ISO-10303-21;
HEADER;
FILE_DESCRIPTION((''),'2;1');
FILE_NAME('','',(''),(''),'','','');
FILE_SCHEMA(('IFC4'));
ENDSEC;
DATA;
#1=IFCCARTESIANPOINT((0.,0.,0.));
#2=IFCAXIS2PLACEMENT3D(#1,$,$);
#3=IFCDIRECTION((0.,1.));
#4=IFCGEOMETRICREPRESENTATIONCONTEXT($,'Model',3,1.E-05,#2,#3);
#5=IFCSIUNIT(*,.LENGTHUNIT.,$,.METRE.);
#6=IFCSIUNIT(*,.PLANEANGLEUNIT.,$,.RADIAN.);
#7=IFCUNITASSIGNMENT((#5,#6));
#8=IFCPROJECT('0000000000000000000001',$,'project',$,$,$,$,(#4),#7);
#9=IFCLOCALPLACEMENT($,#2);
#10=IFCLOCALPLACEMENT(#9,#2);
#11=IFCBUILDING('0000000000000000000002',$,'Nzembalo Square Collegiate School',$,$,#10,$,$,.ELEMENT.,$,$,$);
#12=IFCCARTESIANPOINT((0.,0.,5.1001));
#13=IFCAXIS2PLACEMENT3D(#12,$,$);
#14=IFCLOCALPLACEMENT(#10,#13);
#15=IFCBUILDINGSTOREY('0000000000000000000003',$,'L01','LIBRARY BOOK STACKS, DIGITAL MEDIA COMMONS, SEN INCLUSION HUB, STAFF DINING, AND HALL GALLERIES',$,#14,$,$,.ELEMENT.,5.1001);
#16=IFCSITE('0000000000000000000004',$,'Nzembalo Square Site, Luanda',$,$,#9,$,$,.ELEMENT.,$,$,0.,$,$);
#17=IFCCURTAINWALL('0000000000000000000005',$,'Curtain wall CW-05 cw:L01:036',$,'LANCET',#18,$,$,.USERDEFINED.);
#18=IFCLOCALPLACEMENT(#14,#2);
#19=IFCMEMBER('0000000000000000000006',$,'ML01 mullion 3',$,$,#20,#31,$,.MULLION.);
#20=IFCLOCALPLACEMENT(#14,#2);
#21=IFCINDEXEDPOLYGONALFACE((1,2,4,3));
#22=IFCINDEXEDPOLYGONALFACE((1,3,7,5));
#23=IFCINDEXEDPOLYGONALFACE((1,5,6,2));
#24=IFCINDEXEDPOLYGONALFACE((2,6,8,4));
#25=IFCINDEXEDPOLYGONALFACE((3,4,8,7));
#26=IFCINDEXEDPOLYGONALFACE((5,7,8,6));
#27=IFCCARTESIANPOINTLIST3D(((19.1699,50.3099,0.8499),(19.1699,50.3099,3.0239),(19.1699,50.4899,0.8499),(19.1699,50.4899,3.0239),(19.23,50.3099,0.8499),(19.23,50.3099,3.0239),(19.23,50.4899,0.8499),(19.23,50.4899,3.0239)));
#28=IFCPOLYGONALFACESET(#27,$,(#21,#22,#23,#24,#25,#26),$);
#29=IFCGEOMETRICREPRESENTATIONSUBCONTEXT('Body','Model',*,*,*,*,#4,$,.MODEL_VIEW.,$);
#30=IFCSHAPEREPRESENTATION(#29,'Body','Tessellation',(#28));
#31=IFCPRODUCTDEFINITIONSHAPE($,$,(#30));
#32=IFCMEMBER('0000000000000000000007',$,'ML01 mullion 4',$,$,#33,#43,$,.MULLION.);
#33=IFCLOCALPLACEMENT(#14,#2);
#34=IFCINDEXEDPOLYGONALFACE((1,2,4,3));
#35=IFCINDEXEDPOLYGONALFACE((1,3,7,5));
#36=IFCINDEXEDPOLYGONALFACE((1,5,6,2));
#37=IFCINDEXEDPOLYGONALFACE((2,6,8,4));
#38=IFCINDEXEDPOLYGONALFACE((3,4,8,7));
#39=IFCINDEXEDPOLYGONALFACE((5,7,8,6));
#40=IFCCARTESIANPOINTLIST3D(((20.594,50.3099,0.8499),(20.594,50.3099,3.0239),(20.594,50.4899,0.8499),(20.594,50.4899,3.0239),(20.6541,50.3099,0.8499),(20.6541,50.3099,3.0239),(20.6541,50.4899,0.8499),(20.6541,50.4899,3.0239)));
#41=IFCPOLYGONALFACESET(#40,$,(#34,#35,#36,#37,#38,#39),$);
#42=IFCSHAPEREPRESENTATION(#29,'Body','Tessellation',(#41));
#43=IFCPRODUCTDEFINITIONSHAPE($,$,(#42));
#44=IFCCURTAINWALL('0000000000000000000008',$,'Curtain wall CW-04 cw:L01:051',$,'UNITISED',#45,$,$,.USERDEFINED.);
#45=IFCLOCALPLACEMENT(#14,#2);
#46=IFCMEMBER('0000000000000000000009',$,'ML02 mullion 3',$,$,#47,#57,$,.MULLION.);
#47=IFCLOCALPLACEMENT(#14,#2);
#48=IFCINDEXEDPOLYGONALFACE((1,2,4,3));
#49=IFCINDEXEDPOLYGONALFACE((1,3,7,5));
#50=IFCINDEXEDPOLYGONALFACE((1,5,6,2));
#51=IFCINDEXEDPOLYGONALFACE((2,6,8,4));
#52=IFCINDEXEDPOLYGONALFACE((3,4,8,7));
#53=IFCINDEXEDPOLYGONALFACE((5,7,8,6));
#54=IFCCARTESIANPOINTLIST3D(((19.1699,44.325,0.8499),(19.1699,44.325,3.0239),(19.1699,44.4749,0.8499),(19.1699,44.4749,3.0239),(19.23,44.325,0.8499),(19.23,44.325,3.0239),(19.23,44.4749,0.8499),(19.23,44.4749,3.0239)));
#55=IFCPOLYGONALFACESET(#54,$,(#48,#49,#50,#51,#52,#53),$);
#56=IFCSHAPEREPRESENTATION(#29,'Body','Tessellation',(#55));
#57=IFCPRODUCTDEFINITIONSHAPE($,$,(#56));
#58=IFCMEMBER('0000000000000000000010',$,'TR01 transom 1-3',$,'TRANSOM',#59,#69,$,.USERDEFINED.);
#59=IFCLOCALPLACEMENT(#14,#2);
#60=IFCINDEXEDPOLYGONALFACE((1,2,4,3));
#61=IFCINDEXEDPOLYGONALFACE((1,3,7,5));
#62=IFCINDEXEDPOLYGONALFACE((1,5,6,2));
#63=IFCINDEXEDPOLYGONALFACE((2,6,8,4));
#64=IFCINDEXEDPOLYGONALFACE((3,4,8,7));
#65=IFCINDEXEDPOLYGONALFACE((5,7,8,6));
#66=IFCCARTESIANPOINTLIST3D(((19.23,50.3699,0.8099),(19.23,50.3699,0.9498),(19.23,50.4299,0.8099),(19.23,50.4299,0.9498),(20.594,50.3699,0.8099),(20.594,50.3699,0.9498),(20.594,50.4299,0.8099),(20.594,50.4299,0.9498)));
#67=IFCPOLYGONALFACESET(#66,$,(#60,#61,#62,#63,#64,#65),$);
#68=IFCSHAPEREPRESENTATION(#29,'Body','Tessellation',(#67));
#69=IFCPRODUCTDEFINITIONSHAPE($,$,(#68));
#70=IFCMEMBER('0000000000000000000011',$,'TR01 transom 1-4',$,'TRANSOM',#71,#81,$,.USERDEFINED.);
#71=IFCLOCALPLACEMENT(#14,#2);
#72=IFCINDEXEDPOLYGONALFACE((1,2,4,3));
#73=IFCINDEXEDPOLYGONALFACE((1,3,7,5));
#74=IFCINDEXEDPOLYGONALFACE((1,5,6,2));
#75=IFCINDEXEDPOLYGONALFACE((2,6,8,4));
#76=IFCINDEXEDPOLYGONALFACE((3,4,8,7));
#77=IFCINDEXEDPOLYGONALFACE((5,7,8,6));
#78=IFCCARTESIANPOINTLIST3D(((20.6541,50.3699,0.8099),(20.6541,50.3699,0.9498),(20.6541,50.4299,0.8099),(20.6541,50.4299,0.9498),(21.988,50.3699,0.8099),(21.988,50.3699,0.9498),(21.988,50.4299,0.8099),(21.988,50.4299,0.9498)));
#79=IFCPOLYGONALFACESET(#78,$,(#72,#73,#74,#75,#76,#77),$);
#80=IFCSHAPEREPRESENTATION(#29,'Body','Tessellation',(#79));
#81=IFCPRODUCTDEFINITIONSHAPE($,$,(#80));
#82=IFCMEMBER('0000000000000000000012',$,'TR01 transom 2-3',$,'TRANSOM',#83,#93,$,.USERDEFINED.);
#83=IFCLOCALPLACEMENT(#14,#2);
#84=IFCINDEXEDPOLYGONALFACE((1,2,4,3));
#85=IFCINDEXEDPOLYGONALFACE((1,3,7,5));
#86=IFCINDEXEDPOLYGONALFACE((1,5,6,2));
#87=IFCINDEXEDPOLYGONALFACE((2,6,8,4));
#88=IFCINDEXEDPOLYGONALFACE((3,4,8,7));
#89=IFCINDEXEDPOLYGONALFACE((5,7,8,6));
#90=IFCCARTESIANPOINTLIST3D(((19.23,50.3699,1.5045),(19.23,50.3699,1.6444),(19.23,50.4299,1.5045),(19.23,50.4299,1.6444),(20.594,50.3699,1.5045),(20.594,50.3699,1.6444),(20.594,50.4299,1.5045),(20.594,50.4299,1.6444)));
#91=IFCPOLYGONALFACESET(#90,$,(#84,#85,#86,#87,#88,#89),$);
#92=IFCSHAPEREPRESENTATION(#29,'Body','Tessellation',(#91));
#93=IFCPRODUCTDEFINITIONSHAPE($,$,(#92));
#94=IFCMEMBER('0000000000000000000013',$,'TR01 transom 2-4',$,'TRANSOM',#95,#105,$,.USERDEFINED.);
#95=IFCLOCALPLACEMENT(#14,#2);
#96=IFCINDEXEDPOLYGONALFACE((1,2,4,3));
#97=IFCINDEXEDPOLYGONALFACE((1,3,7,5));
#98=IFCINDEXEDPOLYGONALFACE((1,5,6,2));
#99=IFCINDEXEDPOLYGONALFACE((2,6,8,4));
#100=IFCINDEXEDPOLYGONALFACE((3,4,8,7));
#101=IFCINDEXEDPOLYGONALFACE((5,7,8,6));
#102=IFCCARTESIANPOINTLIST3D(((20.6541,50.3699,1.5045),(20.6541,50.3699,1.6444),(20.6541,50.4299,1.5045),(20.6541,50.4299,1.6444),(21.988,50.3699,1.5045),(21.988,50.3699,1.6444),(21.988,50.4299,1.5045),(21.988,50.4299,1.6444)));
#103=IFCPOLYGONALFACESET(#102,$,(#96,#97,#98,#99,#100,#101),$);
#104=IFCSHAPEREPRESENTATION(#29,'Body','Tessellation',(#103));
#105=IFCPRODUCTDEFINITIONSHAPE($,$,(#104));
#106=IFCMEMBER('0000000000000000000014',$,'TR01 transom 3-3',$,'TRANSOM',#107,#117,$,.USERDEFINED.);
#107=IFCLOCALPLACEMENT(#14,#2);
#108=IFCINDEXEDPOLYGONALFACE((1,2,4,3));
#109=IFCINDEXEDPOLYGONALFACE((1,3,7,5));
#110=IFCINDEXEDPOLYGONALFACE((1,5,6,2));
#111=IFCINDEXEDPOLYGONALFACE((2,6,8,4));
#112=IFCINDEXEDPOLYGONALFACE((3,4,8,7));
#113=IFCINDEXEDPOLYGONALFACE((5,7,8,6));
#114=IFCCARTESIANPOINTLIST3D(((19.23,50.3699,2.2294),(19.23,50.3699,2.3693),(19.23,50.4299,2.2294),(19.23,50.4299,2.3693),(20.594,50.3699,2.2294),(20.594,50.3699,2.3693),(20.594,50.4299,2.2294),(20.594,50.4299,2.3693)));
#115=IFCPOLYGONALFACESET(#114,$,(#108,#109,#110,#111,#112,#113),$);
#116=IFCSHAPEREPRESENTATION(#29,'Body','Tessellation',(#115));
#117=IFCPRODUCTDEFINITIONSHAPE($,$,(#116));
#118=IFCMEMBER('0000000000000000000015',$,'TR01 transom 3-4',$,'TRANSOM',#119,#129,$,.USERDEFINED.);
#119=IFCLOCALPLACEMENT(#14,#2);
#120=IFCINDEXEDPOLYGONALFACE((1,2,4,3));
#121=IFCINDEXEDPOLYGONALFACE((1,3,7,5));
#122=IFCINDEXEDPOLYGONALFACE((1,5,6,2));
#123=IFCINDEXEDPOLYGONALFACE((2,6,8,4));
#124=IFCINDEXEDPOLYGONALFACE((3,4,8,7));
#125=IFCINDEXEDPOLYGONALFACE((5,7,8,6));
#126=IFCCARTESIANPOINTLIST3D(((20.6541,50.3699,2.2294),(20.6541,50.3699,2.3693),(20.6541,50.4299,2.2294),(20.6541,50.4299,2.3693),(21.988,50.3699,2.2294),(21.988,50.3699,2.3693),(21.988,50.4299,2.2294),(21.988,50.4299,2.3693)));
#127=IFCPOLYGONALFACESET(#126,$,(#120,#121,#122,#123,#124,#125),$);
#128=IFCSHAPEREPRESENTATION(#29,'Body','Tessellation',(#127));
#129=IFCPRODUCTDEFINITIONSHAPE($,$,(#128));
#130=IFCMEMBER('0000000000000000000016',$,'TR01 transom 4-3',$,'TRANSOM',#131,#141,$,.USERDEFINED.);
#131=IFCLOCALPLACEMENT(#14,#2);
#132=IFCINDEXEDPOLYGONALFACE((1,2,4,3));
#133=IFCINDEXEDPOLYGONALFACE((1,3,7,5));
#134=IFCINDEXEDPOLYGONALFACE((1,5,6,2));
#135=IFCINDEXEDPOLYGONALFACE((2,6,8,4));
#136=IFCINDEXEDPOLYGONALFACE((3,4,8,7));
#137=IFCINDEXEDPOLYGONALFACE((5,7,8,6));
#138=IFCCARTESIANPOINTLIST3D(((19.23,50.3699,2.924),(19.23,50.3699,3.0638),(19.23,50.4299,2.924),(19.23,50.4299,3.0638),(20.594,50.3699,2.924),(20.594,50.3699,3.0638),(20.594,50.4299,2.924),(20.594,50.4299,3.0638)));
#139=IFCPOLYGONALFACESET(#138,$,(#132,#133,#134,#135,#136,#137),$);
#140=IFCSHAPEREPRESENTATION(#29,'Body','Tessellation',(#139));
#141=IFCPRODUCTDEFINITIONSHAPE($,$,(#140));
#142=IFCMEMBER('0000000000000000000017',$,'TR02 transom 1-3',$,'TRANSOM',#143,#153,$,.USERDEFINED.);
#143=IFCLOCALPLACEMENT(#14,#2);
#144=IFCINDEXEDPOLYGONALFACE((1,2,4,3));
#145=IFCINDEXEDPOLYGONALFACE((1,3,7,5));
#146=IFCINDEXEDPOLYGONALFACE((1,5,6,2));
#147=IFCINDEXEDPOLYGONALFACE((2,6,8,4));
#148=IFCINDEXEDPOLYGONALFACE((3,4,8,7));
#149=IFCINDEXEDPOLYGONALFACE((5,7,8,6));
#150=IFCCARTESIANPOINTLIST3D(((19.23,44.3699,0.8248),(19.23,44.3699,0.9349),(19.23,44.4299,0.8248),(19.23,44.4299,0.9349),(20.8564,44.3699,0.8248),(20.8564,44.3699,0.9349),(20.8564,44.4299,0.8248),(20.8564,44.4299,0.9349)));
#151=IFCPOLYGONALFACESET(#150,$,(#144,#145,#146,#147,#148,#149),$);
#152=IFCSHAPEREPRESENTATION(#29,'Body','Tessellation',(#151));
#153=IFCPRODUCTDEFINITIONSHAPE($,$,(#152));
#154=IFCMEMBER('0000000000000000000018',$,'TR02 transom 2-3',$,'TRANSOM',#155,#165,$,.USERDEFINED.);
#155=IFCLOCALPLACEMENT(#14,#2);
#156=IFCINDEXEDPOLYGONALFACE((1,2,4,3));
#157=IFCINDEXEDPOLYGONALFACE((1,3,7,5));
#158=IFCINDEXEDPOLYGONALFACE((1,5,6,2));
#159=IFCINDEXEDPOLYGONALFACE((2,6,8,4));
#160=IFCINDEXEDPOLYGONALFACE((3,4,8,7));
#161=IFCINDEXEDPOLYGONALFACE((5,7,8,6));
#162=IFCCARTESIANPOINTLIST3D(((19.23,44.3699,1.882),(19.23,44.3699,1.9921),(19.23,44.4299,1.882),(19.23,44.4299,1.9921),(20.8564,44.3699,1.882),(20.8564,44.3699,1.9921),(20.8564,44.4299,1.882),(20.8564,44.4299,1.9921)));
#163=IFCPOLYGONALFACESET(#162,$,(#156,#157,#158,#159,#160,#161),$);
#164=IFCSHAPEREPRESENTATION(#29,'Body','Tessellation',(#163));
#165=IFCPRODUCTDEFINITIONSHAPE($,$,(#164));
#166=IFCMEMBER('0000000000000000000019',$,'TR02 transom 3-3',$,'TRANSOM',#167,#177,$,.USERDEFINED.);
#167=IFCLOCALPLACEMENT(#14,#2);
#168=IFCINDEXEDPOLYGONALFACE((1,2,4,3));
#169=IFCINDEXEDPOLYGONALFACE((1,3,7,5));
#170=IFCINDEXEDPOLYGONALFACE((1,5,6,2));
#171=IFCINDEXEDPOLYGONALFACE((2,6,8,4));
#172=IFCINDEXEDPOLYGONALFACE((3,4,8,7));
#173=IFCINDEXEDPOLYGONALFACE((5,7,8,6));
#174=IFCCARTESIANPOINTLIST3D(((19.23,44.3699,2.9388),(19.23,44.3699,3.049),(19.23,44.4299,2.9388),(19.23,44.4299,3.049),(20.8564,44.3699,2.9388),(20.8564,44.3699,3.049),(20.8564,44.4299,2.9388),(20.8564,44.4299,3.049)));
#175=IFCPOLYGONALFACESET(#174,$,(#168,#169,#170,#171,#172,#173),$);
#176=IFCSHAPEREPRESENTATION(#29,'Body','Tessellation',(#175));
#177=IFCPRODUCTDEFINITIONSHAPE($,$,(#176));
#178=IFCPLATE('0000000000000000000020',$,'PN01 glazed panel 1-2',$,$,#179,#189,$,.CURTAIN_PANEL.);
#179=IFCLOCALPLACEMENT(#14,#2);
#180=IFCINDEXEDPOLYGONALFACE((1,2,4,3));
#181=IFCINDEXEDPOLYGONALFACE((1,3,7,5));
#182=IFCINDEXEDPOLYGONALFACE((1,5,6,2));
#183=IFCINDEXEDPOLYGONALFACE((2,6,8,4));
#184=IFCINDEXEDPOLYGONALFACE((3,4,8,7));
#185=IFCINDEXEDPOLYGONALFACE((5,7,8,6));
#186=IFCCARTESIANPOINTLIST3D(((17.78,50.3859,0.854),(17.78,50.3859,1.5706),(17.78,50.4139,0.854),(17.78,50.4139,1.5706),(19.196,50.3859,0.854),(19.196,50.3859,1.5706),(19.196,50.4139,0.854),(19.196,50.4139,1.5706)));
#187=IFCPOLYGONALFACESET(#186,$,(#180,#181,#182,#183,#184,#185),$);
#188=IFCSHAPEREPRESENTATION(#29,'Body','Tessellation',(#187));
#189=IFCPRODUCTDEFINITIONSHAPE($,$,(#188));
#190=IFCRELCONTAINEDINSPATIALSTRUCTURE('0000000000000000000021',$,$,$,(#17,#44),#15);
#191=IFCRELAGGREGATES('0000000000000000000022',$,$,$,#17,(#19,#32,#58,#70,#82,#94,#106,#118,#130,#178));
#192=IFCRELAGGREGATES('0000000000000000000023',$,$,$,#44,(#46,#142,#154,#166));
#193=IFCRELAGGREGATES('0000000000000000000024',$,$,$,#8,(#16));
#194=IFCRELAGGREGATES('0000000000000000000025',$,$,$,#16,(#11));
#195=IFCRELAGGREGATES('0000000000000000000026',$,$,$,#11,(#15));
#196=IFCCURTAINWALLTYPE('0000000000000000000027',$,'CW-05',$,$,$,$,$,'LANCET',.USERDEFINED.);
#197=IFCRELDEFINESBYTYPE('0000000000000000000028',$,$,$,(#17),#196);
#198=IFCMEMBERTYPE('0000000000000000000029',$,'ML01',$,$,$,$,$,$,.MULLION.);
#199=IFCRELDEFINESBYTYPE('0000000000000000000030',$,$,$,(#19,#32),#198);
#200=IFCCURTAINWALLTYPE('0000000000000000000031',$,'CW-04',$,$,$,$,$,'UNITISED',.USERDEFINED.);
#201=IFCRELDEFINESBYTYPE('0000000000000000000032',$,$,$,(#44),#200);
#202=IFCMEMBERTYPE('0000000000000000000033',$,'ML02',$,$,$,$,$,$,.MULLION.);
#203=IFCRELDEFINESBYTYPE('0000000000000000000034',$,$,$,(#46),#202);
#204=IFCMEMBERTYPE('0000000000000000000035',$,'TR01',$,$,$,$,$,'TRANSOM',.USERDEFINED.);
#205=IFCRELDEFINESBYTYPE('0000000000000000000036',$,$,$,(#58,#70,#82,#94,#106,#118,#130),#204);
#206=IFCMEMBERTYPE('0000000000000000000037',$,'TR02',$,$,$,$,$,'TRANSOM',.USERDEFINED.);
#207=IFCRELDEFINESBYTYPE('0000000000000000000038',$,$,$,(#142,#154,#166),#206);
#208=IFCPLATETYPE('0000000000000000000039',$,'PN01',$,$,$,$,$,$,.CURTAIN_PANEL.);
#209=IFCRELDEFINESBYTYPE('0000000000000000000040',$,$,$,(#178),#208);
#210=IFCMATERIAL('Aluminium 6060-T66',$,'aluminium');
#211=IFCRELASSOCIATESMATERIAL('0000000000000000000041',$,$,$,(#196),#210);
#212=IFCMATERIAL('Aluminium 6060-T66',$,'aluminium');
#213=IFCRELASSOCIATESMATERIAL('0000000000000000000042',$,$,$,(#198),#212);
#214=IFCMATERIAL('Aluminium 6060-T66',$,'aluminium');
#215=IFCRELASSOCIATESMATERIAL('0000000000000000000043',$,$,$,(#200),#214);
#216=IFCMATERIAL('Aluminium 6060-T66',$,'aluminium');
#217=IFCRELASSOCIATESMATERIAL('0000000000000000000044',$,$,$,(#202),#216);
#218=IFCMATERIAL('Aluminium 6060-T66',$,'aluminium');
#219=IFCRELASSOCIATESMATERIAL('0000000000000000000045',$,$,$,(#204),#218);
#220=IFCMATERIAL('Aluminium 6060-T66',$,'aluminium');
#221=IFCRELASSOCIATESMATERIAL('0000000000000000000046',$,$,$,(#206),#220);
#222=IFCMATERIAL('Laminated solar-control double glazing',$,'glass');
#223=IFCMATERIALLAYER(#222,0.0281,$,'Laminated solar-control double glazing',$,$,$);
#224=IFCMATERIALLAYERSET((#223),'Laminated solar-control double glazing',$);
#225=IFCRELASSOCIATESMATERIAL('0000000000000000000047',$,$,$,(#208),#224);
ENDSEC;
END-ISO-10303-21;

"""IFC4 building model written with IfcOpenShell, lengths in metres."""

from ifc_helpers import new_model, si_unit, direction, frame, origin, origin_2d, place, context, subcontext, project, spatial, rectangle, extrude, material, layer, layer_set, material_profile, profile_set, type_object, element, aggregate, save


model = new_model("IFC4")

# Units and contexts
model_context = context("Model", 3, precision=1e-05, world=origin(), true_north=direction((0.0, 1.0)))
body_context = subcontext(model_context, "Body", "Model", "MODEL_VIEW")
ifc_project = project(units=[si_unit("LENGTHUNIT", "METRE"), si_unit("PLANEANGLEUNIT", "RADIAN")], contexts=[model_context])

# Site, building, storey
site_placement = place(None, origin())
site = spatial("IfcSite", under=ifc_project, at=site_placement, Name="Nzembalo Square Site, Luanda", CompositionType="ELEMENT", RefElevation=0.0)
building_placement = place(site_placement, origin())
building = spatial("IfcBuilding", under=site, at=building_placement, Name="Nzembalo Square Collegiate School", CompositionType="ELEMENT")
storey_placement = place(building_placement, frame((0.0, 0.0, 5.1001)))
storey = spatial("IfcBuildingStorey", under=building, at=storey_placement, Name="L01", Description="LIBRARY BOOK STACKS, DIGITAL MEDIA COMMONS, SEN INCLUSION HUB, STAFF DINING, AND HALL GALLERIES", CompositionType="ELEMENT", Elevation=5.1001)

# Curtain wall, members
ifc_material_1 = material(Name="Aluminium 6060-T66", Category="aluminium")
curtain_wall_type_1 = type_object("IfcCurtainWallType", Name="CW-05", ElementType="LANCET", PredefinedType="USERDEFINED", material=ifc_material_1)
curtain_wall_1_placement = place(storey_placement, origin())
curtain_wall_1 = element("IfcCurtainWall", 1, at=curtain_wall_1_placement, inside=storey, type_object=curtain_wall_type_1, Name="Curtain wall CW-05 cw:L01:036", ObjectType="LANCET", PredefinedType="USERDEFINED")
ifc_material_2 = material(Name="Aluminium 6060-T66", Category="aluminium")
ifc_material_profile_1 = material_profile(ifc_material_2, rectangle(XDim=0.0601, YDim=0.1799, at=origin_2d()), Name="ALU M60x180")
ifc_profile_set_1 = profile_set([ifc_material_profile_1], Name="Aluminium 6060-T66")
member_type_1 = type_object("IfcMemberType", Name="ML01", PredefinedType="MULLION", material=ifc_profile_set_1)
member_1_placement = place(storey_placement, frame((19.2, 50.3999, 0.8499), z_axis=(0.0, 0.0, 1.0), x_axis=(1.0, 0.0, 0.0)))
member_1 = element("IfcMember", 2, at=member_1_placement, type_object=member_type_1, Name="ML01 mullion 3", PredefinedType="MULLION", context=body_context, shape_type="SweptSolid", body=[
    extrude(rectangle(XDim=0.0601, YDim=0.1799, at=origin_2d()), origin(), (0.0, 0.0, 1.0), 2.1741),
])
member_2_placement = place(storey_placement, frame((20.624, 50.3999, 0.8499), z_axis=(0.0, 0.0, 1.0), x_axis=(1.0, 0.0, 0.0)))
member_2 = element("IfcMember", 3, at=member_2_placement, type_object=member_type_1, Name="ML01 mullion 4", PredefinedType="MULLION", context=body_context, shape_type="SweptSolid", body=[
    extrude(rectangle(XDim=0.0601, YDim=0.1799, at=origin_2d()), origin(), (0.0, 0.0, 1.0), 2.1741),
])

# Curtain wall, member
ifc_material_3 = material(Name="Aluminium 6060-T66", Category="aluminium")
curtain_wall_type_2 = type_object("IfcCurtainWallType", Name="CW-04", ElementType="UNITISED", PredefinedType="USERDEFINED", material=ifc_material_3)
curtain_wall_2_placement = place(storey_placement, origin())
curtain_wall_2 = element("IfcCurtainWall", 4, at=curtain_wall_2_placement, inside=storey, type_object=curtain_wall_type_2, Name="Curtain wall CW-04 cw:L01:051", ObjectType="UNITISED", PredefinedType="USERDEFINED")
ifc_material_4 = material(Name="Aluminium 6060-T66", Category="aluminium")
ifc_material_profile_2 = material_profile(ifc_material_4, rectangle(XDim=0.0601, YDim=0.1499, at=origin_2d()), Name="ALU M60x150")
ifc_profile_set_2 = profile_set([ifc_material_profile_2], Name="Aluminium 6060-T66")
member_type_2 = type_object("IfcMemberType", Name="ML02", PredefinedType="MULLION", material=ifc_profile_set_2)
member_3_placement = place(storey_placement, frame((19.2, 44.3999, 0.8499), z_axis=(0.0, 0.0, 1.0), x_axis=(1.0, 0.0, 0.0)))
member_3 = element("IfcMember", 5, at=member_3_placement, type_object=member_type_2, Name="ML02 mullion 3", PredefinedType="MULLION", context=body_context, shape_type="SweptSolid", body=[
    extrude(rectangle(XDim=0.0601, YDim=0.1499, at=origin_2d()), origin(), (0.0, 0.0, 1.0), 2.1741),
])

# Members
ifc_material_5 = material(Name="Aluminium 6060-T66", Category="aluminium")
ifc_material_profile_3 = material_profile(ifc_material_5, rectangle(XDim=0.0601, YDim=0.1399, at=origin_2d()), Name="ALU T60x140")
ifc_profile_set_3 = profile_set([ifc_material_profile_3], Name="Aluminium 6060-T66")
member_type_3 = type_object("IfcMemberType", Name="TR01", ElementType="TRANSOM", PredefinedType="USERDEFINED", material=ifc_profile_set_3)
member_4_placement = place(storey_placement, frame((19.23, 50.3999, 0.8799), z_axis=(1.0, 0.0, 0.0), x_axis=(0.0, 1.0, 0.0)))
member_4 = element("IfcMember", 6, at=member_4_placement, type_object=member_type_3, Name="TR01 transom 1-3", ObjectType="TRANSOM", PredefinedType="USERDEFINED", context=body_context, shape_type="SweptSolid", body=[
    extrude(rectangle(XDim=0.0601, YDim=0.1399, at=origin_2d()), origin(), (0.0, 0.0, 1.0), 1.364),
])
member_5_placement = place(storey_placement, frame((20.6541, 50.3999, 0.8799), z_axis=(1.0, 0.0, 0.0), x_axis=(0.0, 1.0, 0.0)))
member_5 = element("IfcMember", 7, at=member_5_placement, type_object=member_type_3, Name="TR01 transom 1-4", ObjectType="TRANSOM", PredefinedType="USERDEFINED", context=body_context, shape_type="SweptSolid", body=[
    extrude(rectangle(XDim=0.0601, YDim=0.1399, at=origin_2d()), origin(), (0.0, 0.0, 1.0), 1.334),
])
member_6_placement = place(storey_placement, frame((19.23, 50.3999, 1.5745), z_axis=(1.0, 0.0, 0.0), x_axis=(0.0, 1.0, 0.0)))
member_6 = element("IfcMember", 8, at=member_6_placement, type_object=member_type_3, Name="TR01 transom 2-3", ObjectType="TRANSOM", PredefinedType="USERDEFINED", context=body_context, shape_type="SweptSolid", body=[
    extrude(rectangle(XDim=0.0601, YDim=0.1399, at=origin_2d()), origin(), (0.0, 0.0, 1.0), 1.364),
])
member_7_placement = place(storey_placement, frame((20.6541, 50.3999, 1.5745), z_axis=(1.0, 0.0, 0.0), x_axis=(0.0, 1.0, 0.0)))
member_7 = element("IfcMember", 9, at=member_7_placement, type_object=member_type_3, Name="TR01 transom 2-4", ObjectType="TRANSOM", PredefinedType="USERDEFINED", context=body_context, shape_type="SweptSolid", body=[
    extrude(rectangle(XDim=0.0601, YDim=0.1399, at=origin_2d()), origin(), (0.0, 0.0, 1.0), 1.334),
])
member_8_placement = place(storey_placement, frame((19.23, 50.3999, 2.2993), z_axis=(1.0, 0.0, 0.0), x_axis=(0.0, 1.0, 0.0)))
member_8 = element("IfcMember", 10, at=member_8_placement, type_object=member_type_3, Name="TR01 transom 3-3", ObjectType="TRANSOM", PredefinedType="USERDEFINED", context=body_context, shape_type="SweptSolid", body=[
    extrude(rectangle(XDim=0.0601, YDim=0.1399, at=origin_2d()), origin(), (0.0, 0.0, 1.0), 1.364),
])
member_9_placement = place(storey_placement, frame((20.6541, 50.3999, 2.2993), z_axis=(1.0, 0.0, 0.0), x_axis=(0.0, 1.0, 0.0)))
member_9 = element("IfcMember", 11, at=member_9_placement, type_object=member_type_3, Name="TR01 transom 3-4", ObjectType="TRANSOM", PredefinedType="USERDEFINED", context=body_context, shape_type="SweptSolid", body=[
    extrude(rectangle(XDim=0.0601, YDim=0.1399, at=origin_2d()), origin(), (0.0, 0.0, 1.0), 1.334),
])
member_10_placement = place(storey_placement, frame((19.23, 50.3999, 2.9939), z_axis=(1.0, 0.0, 0.0), x_axis=(0.0, 1.0, 0.0)))
member_10 = element("IfcMember", 12, at=member_10_placement, type_object=member_type_3, Name="TR01 transom 4-3", ObjectType="TRANSOM", PredefinedType="USERDEFINED", context=body_context, shape_type="SweptSolid", body=[
    extrude(rectangle(XDim=0.0601, YDim=0.1399, at=origin_2d()), origin(), (0.0, 0.0, 1.0), 1.364),
])
ifc_material_6 = material(Name="Aluminium 6060-T66", Category="aluminium")
ifc_material_profile_4 = material_profile(ifc_material_6, rectangle(XDim=0.0601, YDim=0.1101, at=origin_2d()), Name="ALU T60x110")
ifc_profile_set_4 = profile_set([ifc_material_profile_4], Name="Aluminium 6060-T66")
member_type_4 = type_object("IfcMemberType", Name="TR02", ElementType="TRANSOM", PredefinedType="USERDEFINED", material=ifc_profile_set_4)
member_11_placement = place(storey_placement, frame((19.23, 44.3999, 0.8799), z_axis=(1.0, 0.0, 0.0), x_axis=(0.0, 1.0, 0.0)))
member_11 = element("IfcMember", 13, at=member_11_placement, type_object=member_type_4, Name="TR02 transom 1-3", ObjectType="TRANSOM", PredefinedType="USERDEFINED", context=body_context, shape_type="SweptSolid", body=[
    extrude(rectangle(XDim=0.0601, YDim=0.1101, at=origin_2d()), origin(), (0.0, 0.0, 1.0), 1.6265),
])
member_12_placement = place(storey_placement, frame((19.23, 44.3999, 1.937), z_axis=(1.0, 0.0, 0.0), x_axis=(0.0, 1.0, 0.0)))
member_12 = element("IfcMember", 14, at=member_12_placement, type_object=member_type_4, Name="TR02 transom 2-3", ObjectType="TRANSOM", PredefinedType="USERDEFINED", context=body_context, shape_type="SweptSolid", body=[
    extrude(rectangle(XDim=0.0601, YDim=0.1101, at=origin_2d()), origin(), (0.0, 0.0, 1.0), 1.6265),
])
member_13_placement = place(storey_placement, frame((19.23, 44.3999, 2.9939), z_axis=(1.0, 0.0, 0.0), x_axis=(0.0, 1.0, 0.0)))
member_13 = element("IfcMember", 15, at=member_13_placement, type_object=member_type_4, Name="TR02 transom 3-3", ObjectType="TRANSOM", PredefinedType="USERDEFINED", context=body_context, shape_type="SweptSolid", body=[
    extrude(rectangle(XDim=0.0601, YDim=0.1101, at=origin_2d()), origin(), (0.0, 0.0, 1.0), 1.6265),
])

# Plate
ifc_material_7 = material(Name="Laminated solar-control double glazing", Category="glass")
ifc_layer_1 = layer(ifc_material_7, 0.0281, Name="Laminated solar-control double glazing")
ifc_layer_set_1 = layer_set([ifc_layer_1], Name="Laminated solar-control double glazing")
plate_type_1 = type_object("IfcPlateType", Name="PN01", PredefinedType="CURTAIN_PANEL", material=ifc_layer_set_1)
plate_1_placement = place(storey_placement, frame((18.488, 50.3999, 0.854), z_axis=(0.0, 0.0, 1.0), x_axis=(1.0, 0.0, 0.0)))
plate_1 = element("IfcPlate", 16, at=plate_1_placement, type_object=plate_type_1, Name="PN01 glazed panel 1-2", PredefinedType="CURTAIN_PANEL", context=body_context, shape_type="SweptSolid", body=[
    extrude(rectangle(XDim=1.416, YDim=0.0281, at=origin_2d()), origin(), (0.0, 0.0, 1.0), 0.7166),
])
aggregate(curtain_wall_1, [member_1, member_2, member_4, member_5, member_6, member_7, member_8, member_9, member_10, plate_1])
aggregate(curtain_wall_2, [member_3, member_11, member_12, member_13])

save(model, "model.ifc")
